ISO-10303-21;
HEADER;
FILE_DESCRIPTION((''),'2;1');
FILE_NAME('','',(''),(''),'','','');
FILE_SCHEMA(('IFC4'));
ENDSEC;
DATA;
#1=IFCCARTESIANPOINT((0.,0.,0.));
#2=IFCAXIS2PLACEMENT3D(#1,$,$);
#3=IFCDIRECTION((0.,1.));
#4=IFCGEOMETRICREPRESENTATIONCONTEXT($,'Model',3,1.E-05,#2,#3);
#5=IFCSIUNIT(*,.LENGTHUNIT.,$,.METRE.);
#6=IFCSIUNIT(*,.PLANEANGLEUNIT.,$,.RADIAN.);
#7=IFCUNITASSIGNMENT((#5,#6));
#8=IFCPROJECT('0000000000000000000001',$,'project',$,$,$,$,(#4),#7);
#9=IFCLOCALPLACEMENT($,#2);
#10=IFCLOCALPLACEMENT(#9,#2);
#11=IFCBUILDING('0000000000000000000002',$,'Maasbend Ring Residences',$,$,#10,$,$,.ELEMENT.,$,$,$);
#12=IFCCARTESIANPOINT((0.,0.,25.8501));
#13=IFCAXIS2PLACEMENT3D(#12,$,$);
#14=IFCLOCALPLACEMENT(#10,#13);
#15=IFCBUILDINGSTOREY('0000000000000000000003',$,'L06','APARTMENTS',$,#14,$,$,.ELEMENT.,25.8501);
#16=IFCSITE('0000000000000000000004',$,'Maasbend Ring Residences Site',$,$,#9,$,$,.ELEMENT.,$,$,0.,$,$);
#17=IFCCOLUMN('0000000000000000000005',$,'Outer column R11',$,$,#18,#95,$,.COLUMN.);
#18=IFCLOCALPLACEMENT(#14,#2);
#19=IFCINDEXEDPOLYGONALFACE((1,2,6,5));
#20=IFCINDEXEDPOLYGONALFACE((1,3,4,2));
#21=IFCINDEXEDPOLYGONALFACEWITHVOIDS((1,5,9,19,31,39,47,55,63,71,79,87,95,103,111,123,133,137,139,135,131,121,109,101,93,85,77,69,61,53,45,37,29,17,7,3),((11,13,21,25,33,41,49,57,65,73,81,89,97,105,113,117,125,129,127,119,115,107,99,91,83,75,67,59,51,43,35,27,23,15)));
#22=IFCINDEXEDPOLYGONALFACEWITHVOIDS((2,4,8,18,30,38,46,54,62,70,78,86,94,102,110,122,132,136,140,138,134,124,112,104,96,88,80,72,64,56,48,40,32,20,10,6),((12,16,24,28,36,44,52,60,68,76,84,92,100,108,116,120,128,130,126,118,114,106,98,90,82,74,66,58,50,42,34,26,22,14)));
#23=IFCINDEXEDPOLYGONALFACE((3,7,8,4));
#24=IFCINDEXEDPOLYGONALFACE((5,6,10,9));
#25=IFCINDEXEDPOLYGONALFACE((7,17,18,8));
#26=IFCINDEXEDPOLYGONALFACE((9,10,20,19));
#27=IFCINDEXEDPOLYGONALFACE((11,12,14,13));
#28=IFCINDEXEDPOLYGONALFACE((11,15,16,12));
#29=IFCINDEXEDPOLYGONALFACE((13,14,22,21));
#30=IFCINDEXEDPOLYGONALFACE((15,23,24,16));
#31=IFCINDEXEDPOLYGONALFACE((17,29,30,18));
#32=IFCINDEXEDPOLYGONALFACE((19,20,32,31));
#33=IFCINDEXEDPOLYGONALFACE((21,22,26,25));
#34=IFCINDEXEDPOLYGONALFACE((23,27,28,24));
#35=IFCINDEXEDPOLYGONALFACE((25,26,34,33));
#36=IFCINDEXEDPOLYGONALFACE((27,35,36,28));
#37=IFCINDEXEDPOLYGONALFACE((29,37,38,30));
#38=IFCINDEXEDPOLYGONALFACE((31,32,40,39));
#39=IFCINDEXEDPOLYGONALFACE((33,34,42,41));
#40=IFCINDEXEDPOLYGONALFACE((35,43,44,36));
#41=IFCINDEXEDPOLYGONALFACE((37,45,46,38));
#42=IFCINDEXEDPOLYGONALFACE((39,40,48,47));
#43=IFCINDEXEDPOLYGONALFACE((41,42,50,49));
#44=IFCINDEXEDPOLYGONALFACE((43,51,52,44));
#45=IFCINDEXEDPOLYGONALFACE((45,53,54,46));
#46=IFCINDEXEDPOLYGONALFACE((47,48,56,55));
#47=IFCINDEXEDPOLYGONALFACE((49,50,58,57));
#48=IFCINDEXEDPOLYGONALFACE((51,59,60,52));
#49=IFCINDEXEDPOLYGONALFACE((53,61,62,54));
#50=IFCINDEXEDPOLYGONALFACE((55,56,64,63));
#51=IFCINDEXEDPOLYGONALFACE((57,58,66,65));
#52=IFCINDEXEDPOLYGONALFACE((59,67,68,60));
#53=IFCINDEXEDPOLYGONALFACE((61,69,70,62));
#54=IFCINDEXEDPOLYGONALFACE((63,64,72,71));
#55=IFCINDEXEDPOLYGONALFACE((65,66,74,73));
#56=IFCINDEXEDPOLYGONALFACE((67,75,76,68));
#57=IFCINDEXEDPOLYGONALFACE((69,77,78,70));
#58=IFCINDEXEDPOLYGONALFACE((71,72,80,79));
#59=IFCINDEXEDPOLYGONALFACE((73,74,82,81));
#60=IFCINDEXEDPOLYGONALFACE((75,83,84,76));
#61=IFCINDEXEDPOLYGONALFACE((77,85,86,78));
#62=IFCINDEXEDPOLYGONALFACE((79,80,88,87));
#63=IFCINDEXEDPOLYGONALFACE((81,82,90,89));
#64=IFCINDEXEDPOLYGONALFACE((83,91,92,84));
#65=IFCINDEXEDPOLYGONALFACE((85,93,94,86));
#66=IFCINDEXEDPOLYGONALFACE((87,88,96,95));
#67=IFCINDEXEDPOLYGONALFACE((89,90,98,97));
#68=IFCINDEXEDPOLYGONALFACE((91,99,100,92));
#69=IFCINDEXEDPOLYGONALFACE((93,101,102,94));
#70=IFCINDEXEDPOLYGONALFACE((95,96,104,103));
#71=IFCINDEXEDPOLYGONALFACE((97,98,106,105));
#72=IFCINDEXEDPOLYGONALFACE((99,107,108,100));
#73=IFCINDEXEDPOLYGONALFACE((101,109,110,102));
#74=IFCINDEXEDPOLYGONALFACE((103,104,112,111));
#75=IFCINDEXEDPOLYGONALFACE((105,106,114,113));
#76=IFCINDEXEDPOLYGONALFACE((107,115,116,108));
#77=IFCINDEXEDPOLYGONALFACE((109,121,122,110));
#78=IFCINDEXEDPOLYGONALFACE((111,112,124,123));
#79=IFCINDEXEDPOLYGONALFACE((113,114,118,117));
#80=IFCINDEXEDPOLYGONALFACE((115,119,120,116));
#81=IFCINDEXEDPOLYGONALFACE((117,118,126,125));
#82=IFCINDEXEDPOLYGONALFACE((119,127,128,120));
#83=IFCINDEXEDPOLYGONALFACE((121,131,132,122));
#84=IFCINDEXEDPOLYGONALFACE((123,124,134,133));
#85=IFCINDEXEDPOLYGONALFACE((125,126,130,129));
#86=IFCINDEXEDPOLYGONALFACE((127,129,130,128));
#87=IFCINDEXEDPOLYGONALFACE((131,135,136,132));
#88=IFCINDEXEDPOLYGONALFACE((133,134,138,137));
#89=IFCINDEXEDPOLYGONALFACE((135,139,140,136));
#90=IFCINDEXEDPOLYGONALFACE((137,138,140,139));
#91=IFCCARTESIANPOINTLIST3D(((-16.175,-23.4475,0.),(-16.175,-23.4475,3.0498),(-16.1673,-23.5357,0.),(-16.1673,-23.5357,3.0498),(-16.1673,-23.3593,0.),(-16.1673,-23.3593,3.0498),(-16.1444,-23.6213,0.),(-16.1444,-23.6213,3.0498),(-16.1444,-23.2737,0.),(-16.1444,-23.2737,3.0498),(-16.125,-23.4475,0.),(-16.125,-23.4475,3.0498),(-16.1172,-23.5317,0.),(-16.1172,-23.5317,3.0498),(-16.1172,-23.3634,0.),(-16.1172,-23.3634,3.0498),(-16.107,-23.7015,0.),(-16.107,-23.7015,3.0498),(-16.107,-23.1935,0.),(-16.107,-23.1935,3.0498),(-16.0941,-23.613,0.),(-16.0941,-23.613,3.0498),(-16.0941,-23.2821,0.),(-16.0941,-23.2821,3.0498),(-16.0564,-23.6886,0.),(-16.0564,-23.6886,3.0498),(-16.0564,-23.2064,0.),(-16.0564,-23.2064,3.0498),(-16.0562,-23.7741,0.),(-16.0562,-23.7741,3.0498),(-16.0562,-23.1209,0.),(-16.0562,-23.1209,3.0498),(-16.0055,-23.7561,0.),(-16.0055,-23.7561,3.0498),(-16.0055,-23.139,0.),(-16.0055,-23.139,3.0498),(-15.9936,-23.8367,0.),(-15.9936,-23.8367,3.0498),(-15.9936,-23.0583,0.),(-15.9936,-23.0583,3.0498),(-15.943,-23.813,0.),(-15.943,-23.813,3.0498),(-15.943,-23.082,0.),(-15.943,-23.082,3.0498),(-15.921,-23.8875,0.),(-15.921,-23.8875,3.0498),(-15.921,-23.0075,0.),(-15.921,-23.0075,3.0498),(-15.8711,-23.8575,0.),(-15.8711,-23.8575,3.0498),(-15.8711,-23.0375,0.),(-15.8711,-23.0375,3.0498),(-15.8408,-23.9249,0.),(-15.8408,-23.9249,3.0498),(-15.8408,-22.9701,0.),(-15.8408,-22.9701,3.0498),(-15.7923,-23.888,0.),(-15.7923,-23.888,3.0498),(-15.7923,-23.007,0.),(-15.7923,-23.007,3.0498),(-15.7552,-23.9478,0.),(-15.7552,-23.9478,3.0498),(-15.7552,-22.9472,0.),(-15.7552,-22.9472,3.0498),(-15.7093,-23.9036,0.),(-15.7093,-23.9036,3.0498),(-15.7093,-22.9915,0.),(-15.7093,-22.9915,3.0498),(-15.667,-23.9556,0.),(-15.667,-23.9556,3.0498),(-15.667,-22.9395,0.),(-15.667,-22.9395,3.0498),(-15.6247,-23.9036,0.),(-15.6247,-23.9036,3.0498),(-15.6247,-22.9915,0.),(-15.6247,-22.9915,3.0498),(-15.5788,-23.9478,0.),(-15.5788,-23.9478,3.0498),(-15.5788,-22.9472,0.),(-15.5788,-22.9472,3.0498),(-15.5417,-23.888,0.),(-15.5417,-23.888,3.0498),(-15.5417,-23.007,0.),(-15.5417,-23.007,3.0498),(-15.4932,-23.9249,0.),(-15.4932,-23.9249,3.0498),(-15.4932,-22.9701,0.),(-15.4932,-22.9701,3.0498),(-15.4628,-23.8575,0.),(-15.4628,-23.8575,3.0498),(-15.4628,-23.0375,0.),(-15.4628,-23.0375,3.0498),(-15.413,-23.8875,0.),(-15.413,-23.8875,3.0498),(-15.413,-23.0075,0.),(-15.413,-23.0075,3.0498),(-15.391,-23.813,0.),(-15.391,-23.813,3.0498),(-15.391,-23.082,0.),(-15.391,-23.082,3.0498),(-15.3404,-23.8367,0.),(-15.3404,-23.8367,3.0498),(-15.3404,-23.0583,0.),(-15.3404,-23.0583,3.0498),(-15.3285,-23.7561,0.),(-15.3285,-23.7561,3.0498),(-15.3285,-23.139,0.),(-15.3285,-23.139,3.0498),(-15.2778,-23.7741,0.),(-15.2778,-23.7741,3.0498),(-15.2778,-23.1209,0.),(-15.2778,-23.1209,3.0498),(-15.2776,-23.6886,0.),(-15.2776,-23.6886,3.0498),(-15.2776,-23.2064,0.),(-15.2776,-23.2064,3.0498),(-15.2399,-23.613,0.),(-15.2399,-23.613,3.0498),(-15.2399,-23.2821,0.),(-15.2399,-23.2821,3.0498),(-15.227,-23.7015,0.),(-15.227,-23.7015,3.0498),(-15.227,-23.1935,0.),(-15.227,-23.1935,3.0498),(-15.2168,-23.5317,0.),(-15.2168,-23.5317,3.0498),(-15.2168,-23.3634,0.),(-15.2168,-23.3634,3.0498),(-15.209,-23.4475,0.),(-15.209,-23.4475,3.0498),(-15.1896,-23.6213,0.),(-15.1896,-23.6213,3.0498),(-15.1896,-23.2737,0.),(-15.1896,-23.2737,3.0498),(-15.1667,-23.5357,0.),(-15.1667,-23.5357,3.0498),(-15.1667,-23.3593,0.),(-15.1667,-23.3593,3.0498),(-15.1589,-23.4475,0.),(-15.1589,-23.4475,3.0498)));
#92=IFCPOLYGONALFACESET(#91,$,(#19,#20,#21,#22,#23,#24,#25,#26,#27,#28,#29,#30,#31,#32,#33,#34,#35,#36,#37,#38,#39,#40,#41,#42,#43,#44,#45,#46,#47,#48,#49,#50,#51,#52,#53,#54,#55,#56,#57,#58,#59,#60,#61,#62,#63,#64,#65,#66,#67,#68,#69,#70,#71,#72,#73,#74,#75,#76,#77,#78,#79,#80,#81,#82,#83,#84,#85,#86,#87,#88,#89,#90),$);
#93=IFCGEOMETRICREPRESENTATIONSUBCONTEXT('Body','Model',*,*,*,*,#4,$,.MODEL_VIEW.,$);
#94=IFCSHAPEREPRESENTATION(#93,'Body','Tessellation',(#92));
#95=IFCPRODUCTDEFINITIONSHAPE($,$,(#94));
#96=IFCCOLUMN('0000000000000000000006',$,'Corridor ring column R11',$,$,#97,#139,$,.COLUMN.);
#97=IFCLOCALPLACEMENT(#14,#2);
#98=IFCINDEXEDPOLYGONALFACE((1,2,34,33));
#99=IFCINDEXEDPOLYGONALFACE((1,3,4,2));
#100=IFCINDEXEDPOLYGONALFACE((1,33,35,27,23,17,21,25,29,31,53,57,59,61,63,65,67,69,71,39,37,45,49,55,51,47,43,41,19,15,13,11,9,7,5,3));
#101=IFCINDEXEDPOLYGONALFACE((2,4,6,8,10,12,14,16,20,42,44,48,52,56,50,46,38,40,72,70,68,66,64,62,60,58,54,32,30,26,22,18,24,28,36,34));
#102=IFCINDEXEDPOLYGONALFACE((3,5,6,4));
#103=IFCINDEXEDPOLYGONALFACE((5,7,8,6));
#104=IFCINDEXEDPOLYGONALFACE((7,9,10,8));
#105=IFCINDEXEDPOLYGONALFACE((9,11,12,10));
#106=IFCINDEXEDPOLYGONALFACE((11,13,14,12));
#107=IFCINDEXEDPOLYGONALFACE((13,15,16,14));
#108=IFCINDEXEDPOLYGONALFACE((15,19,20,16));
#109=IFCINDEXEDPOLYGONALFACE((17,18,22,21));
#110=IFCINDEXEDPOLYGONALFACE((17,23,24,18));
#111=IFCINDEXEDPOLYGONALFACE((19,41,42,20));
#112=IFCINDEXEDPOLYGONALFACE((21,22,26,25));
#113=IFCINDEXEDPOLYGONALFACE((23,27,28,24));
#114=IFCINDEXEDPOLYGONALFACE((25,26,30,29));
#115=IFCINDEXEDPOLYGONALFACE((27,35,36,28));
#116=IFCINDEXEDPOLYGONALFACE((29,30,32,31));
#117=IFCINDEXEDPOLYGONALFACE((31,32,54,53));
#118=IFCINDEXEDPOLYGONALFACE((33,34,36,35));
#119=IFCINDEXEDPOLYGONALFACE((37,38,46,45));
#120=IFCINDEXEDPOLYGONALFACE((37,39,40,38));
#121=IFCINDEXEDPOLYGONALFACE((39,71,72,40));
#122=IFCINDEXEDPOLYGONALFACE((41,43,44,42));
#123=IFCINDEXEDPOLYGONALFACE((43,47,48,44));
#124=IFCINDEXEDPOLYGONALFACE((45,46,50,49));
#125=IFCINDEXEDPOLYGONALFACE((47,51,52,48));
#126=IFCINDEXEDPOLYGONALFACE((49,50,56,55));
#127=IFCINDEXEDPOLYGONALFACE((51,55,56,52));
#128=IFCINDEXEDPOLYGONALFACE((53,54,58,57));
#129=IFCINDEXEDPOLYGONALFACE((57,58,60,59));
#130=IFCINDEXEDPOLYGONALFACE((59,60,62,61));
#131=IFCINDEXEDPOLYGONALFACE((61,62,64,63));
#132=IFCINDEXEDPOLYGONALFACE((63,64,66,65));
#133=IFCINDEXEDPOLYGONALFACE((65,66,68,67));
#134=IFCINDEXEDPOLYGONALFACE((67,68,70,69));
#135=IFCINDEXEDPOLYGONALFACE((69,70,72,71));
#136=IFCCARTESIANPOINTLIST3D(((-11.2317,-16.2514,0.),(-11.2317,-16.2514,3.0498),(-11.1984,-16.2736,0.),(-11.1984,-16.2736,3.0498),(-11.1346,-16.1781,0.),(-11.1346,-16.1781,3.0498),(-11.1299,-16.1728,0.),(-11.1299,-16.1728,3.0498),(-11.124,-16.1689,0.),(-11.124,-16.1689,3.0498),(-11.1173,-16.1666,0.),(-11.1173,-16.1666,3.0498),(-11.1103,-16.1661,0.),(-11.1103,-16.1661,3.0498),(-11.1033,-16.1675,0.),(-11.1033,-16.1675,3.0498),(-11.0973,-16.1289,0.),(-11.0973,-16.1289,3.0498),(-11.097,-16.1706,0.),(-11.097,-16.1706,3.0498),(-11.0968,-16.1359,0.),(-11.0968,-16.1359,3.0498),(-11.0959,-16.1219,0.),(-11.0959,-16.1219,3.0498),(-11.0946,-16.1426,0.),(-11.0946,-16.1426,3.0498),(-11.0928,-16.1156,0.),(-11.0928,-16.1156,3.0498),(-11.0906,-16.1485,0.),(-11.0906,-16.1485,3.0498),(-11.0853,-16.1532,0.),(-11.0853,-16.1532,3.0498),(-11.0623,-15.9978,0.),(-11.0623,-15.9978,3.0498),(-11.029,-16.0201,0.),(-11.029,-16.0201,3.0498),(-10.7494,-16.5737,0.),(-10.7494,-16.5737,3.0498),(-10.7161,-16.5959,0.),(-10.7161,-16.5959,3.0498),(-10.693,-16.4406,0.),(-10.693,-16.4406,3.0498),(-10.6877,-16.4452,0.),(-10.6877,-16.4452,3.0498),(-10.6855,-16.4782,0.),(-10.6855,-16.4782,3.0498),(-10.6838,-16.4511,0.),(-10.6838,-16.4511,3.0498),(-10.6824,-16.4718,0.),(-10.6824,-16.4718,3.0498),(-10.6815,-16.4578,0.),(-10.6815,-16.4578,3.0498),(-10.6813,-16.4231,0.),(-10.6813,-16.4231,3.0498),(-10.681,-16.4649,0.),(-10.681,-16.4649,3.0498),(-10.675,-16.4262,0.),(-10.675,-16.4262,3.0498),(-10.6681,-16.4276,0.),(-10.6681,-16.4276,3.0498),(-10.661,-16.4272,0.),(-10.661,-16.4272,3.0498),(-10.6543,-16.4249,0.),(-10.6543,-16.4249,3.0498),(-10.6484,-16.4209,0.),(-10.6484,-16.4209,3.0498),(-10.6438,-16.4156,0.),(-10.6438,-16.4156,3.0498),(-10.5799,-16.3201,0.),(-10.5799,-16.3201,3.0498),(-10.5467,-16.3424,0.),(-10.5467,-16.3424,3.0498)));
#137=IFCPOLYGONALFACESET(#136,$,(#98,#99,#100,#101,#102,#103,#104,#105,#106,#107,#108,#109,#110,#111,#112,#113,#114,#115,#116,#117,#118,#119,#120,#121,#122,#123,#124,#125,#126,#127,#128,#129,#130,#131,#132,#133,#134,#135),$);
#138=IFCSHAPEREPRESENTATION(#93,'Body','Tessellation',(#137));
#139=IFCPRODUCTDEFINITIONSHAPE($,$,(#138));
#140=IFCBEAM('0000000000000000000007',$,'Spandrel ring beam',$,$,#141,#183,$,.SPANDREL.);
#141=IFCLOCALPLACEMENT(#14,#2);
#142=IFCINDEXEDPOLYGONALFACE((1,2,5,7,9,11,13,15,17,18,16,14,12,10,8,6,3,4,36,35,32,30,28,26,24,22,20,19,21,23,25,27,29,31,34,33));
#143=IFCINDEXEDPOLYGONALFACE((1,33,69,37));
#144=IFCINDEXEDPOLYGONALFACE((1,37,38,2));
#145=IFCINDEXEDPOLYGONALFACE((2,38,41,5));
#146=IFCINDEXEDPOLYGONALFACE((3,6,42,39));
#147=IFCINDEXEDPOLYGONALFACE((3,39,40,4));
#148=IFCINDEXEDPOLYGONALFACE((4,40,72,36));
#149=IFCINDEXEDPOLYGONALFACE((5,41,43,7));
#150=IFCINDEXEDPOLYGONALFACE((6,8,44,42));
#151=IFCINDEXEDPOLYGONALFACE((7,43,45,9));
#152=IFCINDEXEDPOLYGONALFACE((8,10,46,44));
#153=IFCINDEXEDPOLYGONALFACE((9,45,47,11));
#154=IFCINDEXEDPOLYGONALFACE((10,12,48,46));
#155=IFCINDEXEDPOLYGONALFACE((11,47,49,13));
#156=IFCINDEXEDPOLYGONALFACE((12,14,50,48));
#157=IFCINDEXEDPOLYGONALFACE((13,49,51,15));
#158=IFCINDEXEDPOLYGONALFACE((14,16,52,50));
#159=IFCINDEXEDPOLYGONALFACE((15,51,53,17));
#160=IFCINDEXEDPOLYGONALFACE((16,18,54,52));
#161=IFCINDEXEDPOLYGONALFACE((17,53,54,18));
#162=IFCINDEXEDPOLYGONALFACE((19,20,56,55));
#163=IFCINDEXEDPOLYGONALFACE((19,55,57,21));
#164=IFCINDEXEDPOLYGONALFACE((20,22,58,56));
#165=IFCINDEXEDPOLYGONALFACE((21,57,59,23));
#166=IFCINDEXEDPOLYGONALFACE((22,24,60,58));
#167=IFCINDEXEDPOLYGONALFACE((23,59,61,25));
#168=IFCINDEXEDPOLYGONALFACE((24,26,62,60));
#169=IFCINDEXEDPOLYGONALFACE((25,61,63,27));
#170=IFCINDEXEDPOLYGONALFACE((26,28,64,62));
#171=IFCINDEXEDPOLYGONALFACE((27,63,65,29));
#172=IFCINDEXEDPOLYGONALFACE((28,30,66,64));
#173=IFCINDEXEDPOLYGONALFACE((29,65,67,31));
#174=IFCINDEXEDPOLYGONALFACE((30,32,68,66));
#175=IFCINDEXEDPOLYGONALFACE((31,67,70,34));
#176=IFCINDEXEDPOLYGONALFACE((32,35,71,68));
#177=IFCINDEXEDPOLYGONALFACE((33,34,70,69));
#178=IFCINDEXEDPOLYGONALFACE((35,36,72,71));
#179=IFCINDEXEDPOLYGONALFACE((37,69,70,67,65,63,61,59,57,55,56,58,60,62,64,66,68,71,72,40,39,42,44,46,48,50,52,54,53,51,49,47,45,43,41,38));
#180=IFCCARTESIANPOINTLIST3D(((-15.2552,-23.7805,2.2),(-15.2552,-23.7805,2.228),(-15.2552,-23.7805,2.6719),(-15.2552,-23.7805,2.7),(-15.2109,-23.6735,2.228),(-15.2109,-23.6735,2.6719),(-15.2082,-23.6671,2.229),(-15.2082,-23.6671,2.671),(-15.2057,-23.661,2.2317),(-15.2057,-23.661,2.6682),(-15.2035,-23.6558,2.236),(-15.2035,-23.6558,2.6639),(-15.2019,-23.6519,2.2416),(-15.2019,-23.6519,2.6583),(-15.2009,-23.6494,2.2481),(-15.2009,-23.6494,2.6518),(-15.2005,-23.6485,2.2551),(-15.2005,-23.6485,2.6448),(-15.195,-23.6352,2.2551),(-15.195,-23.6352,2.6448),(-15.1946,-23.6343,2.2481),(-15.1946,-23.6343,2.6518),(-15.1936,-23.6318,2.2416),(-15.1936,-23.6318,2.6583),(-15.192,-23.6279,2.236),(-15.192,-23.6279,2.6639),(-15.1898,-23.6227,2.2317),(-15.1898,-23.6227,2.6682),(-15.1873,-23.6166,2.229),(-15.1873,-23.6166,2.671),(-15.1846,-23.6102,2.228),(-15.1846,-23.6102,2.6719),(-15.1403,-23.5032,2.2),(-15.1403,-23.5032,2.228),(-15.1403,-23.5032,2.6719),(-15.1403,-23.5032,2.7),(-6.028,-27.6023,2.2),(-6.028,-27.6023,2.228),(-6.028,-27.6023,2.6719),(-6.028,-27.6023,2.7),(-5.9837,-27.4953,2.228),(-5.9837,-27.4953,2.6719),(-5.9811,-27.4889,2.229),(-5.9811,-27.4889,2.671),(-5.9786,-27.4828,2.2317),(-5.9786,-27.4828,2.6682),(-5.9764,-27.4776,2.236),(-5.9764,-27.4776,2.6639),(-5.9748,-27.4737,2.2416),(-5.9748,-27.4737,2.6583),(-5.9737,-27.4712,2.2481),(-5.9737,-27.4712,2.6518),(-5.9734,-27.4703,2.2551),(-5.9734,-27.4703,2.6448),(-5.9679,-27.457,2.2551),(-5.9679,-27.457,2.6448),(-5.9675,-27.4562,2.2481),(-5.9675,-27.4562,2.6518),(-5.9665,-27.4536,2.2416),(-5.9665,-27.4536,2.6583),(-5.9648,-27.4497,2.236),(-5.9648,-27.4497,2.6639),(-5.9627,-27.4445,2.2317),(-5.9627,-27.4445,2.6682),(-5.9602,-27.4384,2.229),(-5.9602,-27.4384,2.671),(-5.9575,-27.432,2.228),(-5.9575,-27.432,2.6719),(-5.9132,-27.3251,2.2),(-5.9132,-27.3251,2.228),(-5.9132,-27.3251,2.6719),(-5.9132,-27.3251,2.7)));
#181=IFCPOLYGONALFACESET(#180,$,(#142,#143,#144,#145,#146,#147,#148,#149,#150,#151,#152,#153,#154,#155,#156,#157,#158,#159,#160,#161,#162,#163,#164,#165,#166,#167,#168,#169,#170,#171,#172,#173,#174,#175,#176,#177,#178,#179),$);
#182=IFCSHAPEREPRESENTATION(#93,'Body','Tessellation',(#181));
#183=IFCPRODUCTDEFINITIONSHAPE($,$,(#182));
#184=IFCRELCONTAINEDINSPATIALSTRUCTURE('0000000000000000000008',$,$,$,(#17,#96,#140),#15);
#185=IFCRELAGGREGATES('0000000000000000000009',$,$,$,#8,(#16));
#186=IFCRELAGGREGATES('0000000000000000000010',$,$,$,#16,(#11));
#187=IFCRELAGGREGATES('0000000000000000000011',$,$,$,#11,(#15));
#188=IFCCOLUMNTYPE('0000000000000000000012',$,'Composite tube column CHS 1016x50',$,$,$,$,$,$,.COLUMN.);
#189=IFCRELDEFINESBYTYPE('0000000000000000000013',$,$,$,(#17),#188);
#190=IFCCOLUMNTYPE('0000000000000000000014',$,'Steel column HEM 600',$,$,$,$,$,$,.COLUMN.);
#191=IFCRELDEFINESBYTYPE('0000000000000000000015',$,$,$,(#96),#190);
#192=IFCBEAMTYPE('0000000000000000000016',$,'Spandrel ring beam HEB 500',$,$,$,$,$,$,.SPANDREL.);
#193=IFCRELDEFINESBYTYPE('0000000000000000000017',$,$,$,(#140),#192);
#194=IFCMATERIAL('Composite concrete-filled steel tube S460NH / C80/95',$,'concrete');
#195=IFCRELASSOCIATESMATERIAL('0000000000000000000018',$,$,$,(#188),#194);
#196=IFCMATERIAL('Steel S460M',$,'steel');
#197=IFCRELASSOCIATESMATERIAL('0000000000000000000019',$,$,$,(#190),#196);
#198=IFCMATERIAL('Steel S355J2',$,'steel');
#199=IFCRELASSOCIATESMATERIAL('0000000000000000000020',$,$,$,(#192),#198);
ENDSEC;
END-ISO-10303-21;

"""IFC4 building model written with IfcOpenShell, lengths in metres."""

from ifc_helpers import new_model, si_unit, direction, frame, origin, origin_2d, place, context, subcontext, project, spatial, hollow_circle, i_section, extrude, material, material_profile, profile_set, type_object, element, save


model = new_model("IFC4")

# Units and contexts
model_context = context("Model", 3, precision=1e-05, world=origin(), true_north=direction((0.0, 1.0)))
body_context = subcontext(model_context, "Body", "Model", "MODEL_VIEW")
ifc_project = project(units=[si_unit("LENGTHUNIT", "METRE"), si_unit("PLANEANGLEUNIT", "RADIAN")], contexts=[model_context])

# Site, building, storey
site_placement = place(None, origin())
site = spatial("IfcSite", under=ifc_project, at=site_placement, Name="Maasbend Ring Residences Site", CompositionType="ELEMENT", RefElevation=0.0)
building_placement = place(site_placement, origin())
building = spatial("IfcBuilding", under=site, at=building_placement, Name="Maasbend Ring Residences", CompositionType="ELEMENT")
storey_placement = place(building_placement, frame((0.0, 0.0, 25.8501)))
storey = spatial("IfcBuildingStorey", under=building, at=storey_placement, Name="L06", Description="APARTMENTS", CompositionType="ELEMENT", Elevation=25.8501)

# Columns
ifc_material_1 = material(Name="Composite concrete-filled steel tube S460NH / C80/95", Category="concrete")
ifc_material_profile_1 = material_profile(ifc_material_1, hollow_circle(Radius=0.5081, WallThickness=0.05, at=origin_2d()), Name="Composite tube column CHS 1016x50")
ifc_profile_set_1 = profile_set([ifc_material_profile_1], Name="Composite concrete-filled steel tube S460NH / C80/95")
column_type_1 = type_object("IfcColumnType", Name="Composite tube column CHS 1016x50", PredefinedType="COLUMN", material=ifc_profile_set_1)
column_1_placement = place(storey_placement, frame((-15.667, -23.4475, 0.0), z_axis=(0.0, 0.0, 1.0), x_axis=(1.0, 0.0, 0.0)))
element("IfcColumn", 1, at=column_1_placement, inside=storey, type_object=column_type_1, Name="Outer column R11", PredefinedType="COLUMN", context=body_context, shape_type="SweptSolid", body=[
    extrude(hollow_circle(Radius=0.5081, WallThickness=0.05, at=origin_2d()), origin(), (0.0, 0.0, 1.0), 3.0498),
])
ifc_material_2 = material(Name="Steel S460M", Category="steel")
ifc_material_profile_2 = material_profile(ifc_material_2, i_section(OverallWidth=0.3049, OverallDepth=0.6201, WebThickness=0.021, FlangeThickness=0.04, FilletRadius=0.0271, at=origin_2d()), Name="HEM 600")
ifc_profile_set_2 = profile_set([ifc_material_profile_2], Name="Steel S460M")
column_type_2 = type_object("IfcColumnType", Name="Steel column HEM 600", PredefinedType="COLUMN", material=ifc_profile_set_2)
column_2_placement = place(storey_placement, frame((-10.8892, -16.2969, 0.0), z_axis=(0.0, 0.0, 1.0), x_axis=(-0.55557, -0.83147, 0.0)))
element("IfcColumn", 2, at=column_2_placement, inside=storey, type_object=column_type_2, Name="Corridor ring column R11", PredefinedType="COLUMN", context=body_context, shape_type="SweptSolid", body=[
    extrude(i_section(OverallWidth=0.3049, OverallDepth=0.6201, WebThickness=0.021, FlangeThickness=0.04, FilletRadius=0.0271, at=origin_2d()), origin(), (0.0, 0.0, 1.0), 3.0498),
])

# Beam
ifc_material_3 = material(Name="Steel S355J2", Category="steel")
ifc_material_profile_3 = material_profile(ifc_material_3, i_section(OverallWidth=0.3, OverallDepth=0.5, WebThickness=0.0144, FlangeThickness=0.0281, FilletRadius=0.0271, at=origin_2d()), Name="HEB 500")
ifc_profile_set_3 = profile_set([ifc_material_profile_3], Name="Steel S355J2")
beam_type = type_object("IfcBeamType", Name="Spandrel ring beam HEB 500", PredefinedType="SPANDREL", material=ifc_profile_set_3)
beam_placement = place(storey_placement, frame((-15.1978, -23.6418, 2.45), z_axis=(0.923886, -0.382667, 0.0), x_axis=(0.382667, 0.923886, 0.0)))
element("IfcBeam", 3, at=beam_placement, inside=storey, type_object=beam_type, Name="Spandrel ring beam", PredefinedType="SPANDREL", context=body_context, shape_type="SweptSolid", body=[
    extrude(i_section(OverallWidth=0.3, OverallDepth=0.5, WebThickness=0.0144, FlangeThickness=0.0281, FilletRadius=0.0271, at=origin_2d()), origin(), (0.0, 0.0, 1.0), 9.9873),
])

save(model, "model.ifc")
